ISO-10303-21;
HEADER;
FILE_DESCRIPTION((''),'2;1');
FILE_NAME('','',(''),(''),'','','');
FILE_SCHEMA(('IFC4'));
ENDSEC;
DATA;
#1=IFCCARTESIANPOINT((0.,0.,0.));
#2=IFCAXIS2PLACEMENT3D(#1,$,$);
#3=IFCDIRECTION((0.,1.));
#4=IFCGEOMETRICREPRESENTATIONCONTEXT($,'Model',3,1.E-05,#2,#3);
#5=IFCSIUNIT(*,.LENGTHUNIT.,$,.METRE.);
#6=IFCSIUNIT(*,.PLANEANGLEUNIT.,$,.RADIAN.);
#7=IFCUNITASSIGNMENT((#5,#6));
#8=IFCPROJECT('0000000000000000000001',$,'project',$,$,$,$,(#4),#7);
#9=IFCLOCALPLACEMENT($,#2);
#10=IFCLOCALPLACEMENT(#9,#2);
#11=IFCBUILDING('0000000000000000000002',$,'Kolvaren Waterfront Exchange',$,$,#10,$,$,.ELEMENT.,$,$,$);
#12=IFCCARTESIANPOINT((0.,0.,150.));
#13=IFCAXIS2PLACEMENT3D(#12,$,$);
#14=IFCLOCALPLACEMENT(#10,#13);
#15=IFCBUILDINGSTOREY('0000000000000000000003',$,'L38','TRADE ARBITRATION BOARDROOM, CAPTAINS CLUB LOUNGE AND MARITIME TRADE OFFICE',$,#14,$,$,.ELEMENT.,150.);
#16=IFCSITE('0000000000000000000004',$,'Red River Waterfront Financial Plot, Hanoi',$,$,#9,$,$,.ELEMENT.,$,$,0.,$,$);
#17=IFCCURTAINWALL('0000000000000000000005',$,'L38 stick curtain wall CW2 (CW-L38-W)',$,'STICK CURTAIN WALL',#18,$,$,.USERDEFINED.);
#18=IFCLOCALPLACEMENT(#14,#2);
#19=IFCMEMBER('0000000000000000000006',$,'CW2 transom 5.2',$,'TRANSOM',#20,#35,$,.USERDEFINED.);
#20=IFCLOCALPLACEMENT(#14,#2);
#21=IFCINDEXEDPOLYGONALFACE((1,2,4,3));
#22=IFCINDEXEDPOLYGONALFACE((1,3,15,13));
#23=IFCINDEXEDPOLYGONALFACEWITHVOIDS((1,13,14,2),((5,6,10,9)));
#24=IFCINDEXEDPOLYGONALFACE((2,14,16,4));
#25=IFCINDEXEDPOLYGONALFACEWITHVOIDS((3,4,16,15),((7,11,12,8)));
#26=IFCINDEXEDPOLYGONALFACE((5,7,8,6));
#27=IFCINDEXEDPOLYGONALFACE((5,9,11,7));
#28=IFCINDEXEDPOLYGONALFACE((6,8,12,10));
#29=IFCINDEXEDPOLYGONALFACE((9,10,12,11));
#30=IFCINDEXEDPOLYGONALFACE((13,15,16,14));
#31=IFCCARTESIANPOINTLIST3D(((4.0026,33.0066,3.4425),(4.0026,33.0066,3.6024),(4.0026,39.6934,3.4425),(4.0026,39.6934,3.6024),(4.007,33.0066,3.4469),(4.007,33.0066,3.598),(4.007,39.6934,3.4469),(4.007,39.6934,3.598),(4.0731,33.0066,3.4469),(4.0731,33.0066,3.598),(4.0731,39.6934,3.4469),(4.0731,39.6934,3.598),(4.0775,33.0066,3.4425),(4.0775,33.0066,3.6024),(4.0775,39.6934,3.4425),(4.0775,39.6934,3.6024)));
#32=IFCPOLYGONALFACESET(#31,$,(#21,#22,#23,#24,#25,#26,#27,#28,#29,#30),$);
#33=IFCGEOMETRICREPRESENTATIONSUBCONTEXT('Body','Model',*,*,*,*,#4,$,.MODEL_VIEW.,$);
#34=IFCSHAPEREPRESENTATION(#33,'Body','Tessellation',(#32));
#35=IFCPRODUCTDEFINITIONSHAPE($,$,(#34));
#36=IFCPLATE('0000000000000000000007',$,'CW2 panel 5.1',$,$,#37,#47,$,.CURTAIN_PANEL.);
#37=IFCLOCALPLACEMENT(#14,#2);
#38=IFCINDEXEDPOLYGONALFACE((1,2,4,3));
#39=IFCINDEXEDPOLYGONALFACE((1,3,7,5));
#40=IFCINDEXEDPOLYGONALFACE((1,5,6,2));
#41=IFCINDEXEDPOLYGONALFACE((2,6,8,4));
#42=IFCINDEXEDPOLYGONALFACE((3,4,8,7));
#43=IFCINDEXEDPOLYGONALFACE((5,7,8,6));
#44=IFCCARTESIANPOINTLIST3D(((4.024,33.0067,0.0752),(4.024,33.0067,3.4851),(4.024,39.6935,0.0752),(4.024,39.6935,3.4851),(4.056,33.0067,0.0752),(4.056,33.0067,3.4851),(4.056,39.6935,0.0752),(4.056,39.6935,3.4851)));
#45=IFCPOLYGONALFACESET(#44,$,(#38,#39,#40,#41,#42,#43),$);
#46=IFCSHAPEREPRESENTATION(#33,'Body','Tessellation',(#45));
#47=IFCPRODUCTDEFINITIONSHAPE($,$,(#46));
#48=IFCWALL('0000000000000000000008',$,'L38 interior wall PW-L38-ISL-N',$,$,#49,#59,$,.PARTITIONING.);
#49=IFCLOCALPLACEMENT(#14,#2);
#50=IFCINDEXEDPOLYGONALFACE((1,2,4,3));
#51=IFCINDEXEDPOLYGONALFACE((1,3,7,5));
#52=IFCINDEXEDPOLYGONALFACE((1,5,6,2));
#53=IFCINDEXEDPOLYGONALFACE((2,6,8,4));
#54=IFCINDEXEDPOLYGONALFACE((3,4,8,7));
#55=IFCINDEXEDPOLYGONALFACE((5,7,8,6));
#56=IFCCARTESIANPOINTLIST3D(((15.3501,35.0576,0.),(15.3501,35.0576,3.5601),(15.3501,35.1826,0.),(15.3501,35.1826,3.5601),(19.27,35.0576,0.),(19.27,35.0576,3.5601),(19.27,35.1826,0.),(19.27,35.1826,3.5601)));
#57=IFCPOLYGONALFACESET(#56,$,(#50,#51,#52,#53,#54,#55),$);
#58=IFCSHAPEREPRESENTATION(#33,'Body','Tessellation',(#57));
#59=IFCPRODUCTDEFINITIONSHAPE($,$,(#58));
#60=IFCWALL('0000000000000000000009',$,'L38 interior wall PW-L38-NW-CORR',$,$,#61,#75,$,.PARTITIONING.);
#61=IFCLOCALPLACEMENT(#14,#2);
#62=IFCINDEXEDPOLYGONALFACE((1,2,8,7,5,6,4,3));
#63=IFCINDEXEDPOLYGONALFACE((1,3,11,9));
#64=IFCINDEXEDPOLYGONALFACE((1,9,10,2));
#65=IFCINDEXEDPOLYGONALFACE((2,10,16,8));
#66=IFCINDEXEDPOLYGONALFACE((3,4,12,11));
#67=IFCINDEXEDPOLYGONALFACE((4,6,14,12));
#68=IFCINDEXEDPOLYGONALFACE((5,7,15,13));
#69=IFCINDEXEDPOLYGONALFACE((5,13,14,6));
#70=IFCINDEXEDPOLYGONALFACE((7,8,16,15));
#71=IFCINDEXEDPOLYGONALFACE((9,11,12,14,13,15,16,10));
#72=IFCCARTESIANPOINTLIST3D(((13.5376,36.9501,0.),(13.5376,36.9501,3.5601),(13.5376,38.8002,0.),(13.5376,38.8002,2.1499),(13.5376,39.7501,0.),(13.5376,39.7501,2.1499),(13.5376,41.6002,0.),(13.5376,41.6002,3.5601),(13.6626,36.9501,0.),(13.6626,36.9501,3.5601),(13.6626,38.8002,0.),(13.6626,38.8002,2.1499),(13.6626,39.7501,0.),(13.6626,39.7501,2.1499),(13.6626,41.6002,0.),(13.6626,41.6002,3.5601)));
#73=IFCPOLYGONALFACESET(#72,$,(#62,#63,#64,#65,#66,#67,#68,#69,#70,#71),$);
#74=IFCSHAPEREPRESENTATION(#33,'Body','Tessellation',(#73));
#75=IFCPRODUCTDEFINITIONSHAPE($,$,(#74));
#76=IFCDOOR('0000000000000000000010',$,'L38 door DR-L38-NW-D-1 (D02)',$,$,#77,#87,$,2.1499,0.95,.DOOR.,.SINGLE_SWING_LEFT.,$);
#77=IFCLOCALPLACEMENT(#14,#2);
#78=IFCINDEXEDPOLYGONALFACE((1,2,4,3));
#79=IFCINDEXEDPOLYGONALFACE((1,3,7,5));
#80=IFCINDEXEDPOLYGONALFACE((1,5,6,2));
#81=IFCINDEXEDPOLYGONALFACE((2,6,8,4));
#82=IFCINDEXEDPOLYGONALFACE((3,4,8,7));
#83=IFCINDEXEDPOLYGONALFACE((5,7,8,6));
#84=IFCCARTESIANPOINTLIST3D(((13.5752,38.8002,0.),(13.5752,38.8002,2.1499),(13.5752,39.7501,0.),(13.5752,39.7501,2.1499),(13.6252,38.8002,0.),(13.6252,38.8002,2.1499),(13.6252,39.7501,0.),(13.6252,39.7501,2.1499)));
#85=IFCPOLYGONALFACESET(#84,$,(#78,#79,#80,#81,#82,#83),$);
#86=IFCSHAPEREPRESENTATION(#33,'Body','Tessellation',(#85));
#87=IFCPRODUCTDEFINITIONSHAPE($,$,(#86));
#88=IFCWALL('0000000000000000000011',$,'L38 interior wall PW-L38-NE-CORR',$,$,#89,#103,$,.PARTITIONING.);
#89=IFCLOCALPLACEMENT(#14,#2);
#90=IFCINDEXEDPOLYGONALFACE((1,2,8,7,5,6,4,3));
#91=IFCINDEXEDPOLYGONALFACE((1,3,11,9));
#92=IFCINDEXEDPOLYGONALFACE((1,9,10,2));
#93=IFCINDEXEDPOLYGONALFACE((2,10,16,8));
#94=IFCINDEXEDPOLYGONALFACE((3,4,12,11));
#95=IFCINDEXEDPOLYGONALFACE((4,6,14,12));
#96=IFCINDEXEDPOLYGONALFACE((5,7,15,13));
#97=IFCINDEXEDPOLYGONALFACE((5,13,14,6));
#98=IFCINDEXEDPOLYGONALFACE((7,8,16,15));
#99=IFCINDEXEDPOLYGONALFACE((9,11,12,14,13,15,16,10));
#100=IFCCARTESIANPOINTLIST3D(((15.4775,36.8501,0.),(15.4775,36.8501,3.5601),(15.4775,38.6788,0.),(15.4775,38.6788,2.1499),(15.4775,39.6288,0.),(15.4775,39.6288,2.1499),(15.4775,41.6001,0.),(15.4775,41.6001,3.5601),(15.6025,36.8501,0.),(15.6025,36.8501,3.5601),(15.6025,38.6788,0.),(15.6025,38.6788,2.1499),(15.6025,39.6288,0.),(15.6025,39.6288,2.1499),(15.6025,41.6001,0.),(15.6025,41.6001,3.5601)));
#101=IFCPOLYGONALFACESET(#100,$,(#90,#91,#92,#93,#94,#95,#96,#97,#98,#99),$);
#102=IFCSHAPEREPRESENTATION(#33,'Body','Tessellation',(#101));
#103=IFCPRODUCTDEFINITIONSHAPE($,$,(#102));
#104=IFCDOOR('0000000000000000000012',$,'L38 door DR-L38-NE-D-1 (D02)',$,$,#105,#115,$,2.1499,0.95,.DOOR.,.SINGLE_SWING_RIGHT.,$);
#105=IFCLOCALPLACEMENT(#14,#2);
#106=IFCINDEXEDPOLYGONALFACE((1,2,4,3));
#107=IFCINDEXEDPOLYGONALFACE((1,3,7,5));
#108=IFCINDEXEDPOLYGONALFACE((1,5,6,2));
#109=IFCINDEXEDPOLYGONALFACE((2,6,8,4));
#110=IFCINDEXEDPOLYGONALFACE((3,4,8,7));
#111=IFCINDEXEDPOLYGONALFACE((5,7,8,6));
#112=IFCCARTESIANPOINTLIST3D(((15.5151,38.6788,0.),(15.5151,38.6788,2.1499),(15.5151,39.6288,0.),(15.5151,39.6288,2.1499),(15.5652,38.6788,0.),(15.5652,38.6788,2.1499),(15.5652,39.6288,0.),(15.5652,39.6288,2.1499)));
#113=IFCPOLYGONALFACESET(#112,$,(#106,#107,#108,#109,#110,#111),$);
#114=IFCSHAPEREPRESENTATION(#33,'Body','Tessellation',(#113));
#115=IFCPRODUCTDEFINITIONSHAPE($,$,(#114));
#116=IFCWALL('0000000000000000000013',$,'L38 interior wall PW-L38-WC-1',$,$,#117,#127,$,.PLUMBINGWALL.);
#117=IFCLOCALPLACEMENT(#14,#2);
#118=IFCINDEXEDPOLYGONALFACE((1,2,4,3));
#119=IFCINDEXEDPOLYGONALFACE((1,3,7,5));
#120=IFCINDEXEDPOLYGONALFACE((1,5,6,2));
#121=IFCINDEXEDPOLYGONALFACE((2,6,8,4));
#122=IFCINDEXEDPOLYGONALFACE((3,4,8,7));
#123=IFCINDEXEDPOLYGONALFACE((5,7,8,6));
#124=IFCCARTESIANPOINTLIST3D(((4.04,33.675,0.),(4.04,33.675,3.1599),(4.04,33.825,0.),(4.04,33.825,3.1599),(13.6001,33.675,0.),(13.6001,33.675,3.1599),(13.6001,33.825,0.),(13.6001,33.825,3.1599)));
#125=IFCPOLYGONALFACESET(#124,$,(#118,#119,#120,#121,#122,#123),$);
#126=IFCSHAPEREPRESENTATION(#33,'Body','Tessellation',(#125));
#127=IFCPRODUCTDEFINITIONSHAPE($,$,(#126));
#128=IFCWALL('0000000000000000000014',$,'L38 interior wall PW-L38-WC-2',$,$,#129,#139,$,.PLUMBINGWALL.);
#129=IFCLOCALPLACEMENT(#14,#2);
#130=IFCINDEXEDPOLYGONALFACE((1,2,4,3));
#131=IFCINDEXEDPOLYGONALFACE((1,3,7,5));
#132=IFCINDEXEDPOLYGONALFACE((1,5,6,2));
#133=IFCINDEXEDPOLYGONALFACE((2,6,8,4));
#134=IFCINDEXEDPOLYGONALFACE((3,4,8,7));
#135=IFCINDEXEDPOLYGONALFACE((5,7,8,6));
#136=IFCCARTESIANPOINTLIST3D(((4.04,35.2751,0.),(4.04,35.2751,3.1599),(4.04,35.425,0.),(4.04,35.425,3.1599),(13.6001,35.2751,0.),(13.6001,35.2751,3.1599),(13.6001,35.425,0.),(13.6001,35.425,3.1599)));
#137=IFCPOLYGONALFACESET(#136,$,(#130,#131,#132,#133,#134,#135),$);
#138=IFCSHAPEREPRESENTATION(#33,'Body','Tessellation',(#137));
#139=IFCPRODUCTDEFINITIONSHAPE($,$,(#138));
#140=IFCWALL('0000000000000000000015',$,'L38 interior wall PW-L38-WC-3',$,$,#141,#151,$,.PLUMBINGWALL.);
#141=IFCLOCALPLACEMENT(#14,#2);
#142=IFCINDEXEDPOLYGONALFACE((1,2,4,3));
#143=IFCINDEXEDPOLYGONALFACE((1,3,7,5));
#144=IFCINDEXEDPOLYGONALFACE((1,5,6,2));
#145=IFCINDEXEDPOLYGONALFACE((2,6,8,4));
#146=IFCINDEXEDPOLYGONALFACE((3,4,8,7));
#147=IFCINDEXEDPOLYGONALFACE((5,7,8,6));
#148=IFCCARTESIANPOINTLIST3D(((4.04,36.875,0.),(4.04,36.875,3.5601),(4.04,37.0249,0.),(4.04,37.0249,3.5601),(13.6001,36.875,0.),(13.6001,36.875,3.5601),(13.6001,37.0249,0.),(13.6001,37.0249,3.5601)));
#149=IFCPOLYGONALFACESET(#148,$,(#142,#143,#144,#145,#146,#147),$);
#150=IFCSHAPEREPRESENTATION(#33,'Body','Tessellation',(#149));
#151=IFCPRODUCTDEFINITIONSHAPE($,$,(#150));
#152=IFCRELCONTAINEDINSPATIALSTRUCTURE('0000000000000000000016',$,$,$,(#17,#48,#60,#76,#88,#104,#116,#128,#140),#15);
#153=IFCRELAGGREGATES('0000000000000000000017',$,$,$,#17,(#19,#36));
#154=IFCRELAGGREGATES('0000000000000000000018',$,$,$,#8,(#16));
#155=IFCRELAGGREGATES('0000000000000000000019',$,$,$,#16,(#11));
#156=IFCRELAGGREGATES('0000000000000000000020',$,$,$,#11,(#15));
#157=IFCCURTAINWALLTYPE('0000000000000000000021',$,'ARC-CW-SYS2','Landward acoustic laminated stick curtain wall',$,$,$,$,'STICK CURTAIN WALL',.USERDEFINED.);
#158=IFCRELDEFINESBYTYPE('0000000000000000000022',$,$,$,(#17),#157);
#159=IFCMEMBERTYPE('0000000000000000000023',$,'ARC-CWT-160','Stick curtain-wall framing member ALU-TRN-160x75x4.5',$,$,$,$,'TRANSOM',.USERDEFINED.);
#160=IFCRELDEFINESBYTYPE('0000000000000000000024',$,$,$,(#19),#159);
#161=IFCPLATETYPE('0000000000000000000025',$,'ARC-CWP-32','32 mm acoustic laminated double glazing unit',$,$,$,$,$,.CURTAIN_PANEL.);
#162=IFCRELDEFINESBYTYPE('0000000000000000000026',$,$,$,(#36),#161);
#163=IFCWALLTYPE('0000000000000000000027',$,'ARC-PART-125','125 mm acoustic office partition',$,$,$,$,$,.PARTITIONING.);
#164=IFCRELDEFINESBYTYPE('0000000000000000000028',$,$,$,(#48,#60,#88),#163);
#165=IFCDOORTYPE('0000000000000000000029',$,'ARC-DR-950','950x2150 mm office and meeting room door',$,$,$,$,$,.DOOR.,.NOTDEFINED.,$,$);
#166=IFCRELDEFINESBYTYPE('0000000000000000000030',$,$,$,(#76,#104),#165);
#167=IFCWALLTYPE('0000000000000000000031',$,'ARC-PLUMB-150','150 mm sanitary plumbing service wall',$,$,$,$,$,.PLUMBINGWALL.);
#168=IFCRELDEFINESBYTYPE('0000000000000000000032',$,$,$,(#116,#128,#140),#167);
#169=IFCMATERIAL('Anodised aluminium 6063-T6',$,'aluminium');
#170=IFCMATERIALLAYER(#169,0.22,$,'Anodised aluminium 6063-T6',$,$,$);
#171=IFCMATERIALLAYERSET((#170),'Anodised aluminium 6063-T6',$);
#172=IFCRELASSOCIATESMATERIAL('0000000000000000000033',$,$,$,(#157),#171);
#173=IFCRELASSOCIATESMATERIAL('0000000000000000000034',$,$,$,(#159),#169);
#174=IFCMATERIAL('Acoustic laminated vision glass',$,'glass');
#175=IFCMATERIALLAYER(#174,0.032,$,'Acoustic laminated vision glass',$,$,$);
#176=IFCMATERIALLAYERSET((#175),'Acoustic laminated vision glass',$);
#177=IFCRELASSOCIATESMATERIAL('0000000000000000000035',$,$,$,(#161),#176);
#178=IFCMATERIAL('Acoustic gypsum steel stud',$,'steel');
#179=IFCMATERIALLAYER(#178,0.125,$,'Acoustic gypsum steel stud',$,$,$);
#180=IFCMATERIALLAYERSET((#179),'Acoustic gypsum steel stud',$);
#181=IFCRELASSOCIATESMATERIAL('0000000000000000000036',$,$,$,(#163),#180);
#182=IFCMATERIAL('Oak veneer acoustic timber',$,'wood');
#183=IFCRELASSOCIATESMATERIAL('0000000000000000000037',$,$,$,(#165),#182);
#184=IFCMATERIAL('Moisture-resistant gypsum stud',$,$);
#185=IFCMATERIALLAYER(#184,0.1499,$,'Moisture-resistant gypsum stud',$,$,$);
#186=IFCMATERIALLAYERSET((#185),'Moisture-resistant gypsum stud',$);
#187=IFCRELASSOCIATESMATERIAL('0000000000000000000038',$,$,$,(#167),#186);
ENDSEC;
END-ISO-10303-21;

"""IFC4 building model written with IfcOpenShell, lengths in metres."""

from ifc_helpers import new_model, si_unit, direction, frame, frame_2d, origin, origin_with_axes, origin_2d, place, context, subcontext, project, spatial, rectangle, hollow_rectangle, extrude, source, transform, mapped, material, layer, layer_set, material_profile, profile_set, type_object, element, fill, aggregate, save


model = new_model("IFC4")

# Units and contexts
model_context = context("Model", 3, precision=1e-05, world=origin(), true_north=direction((0.0, 1.0)))
body_context = subcontext(model_context, "Body", "Model", "MODEL_VIEW")
ifc_project = project(units=[si_unit("LENGTHUNIT", "METRE"), si_unit("PLANEANGLEUNIT", "RADIAN")], contexts=[model_context])

# Site, building, storey
site_placement = place(None, origin())
site = spatial("IfcSite", under=ifc_project, at=site_placement, Name="Red River Waterfront Financial Plot, Hanoi", CompositionType="ELEMENT", RefElevation=0.0)
building_placement = place(site_placement, origin())
building = spatial("IfcBuilding", under=site, at=building_placement, Name="Kolvaren Waterfront Exchange", CompositionType="ELEMENT")
storey_placement = place(building_placement, frame((0.0, 0.0, 150.0)))
storey = spatial("IfcBuildingStorey", under=building, at=storey_placement, Name="L38", Description="TRADE ARBITRATION BOARDROOM, CAPTAINS CLUB LOUNGE AND MARITIME TRADE OFFICE", CompositionType="ELEMENT", Elevation=150.0)

# Curtain wall, member, plate
ifc_material_1 = material(Name="Anodised aluminium 6063-T6", Category="aluminium")
ifc_layer_1 = layer(ifc_material_1, 0.22, Name="Anodised aluminium 6063-T6")
ifc_layer_set_1 = layer_set([ifc_layer_1], Name="Anodised aluminium 6063-T6")
curtain_wall_type = type_object("IfcCurtainWallType", Name="ARC-CW-SYS2", Description="Landward acoustic laminated stick curtain wall", ElementType="STICK CURTAIN WALL", PredefinedType="USERDEFINED", material=ifc_layer_set_1)
curtain_wall_placement = place(storey_placement, origin())
curtain_wall = element("IfcCurtainWall", 1, at=curtain_wall_placement, inside=storey, type_object=curtain_wall_type, Name="L38 stick curtain wall CW2 (CW-L38-W)", ObjectType="STICK CURTAIN WALL", PredefinedType="USERDEFINED")
ifc_material_profile_1 = material_profile(ifc_material_1, hollow_rectangle(XDim=0.075, YDim=0.1599, WallThickness=0.0044, at=origin_2d()), Name="ALU-TRN-160x75x4.5")
ifc_profile_set_1 = profile_set([ifc_material_profile_1], Name="Anodised aluminium 6063-T6")
member_type_1 = type_object("IfcMemberType", Name="ARC-CWT-160", Description="Stick curtain-wall framing member ALU-TRN-160x75x4.5", ElementType="TRANSOM", PredefinedType="USERDEFINED", material=ifc_profile_set_1)
shared_shape_1 = source(origin_with_axes(), body_context, "Body", "SweptSolid", [
    extrude(hollow_rectangle(XDim=0.075, YDim=0.1599, WallThickness=0.0044, at=origin_2d()), origin(), (0.0, 0.0, 1.0), 6.6868),
])
member_1_placement = place(storey_placement, frame((4.04, 33.0066, 3.5225), z_axis=(0.0, 1.0, 0.0), x_axis=(-1.0, 0.0, 0.0)))
member_1 = element("IfcMember", 2, at=member_1_placement, type_object=member_type_1, Name="CW2 transom 5.2", ObjectType="TRANSOM", PredefinedType="USERDEFINED", context=body_context, shape_type="MappedRepresentation", body=[
    mapped(shared_shape_1, transform((0.0, 0.0, 0.0), x_axis=(1.0, 0.0, 0.0), y_axis=(0.0, 1.0, 0.0), z_axis=(0.0, 0.0, 1.0), scale=1.0)),
])
ifc_material_2 = material(Name="Acoustic laminated vision glass", Category="glass")
ifc_layer_2 = layer(ifc_material_2, 0.032, Name="Acoustic laminated vision glass")
ifc_layer_set_2 = layer_set([ifc_layer_2], Name="Acoustic laminated vision glass")
plate_type = type_object("IfcPlateType", Name="ARC-CWP-32", Description="32 mm acoustic laminated double glazing unit", PredefinedType="CURTAIN_PANEL", material=ifc_layer_set_2)
shared_shape_2 = source(origin_with_axes(), body_context, "Body", "SweptSolid", [
    extrude(rectangle(XDim=6.6868, YDim=0.032, at=origin_2d()), origin(), (0.0, 0.0, 1.0), 3.4099),
])
plate_placement = place(storey_placement, frame((4.04, 36.3501, 0.0752), z_axis=(0.0, 0.0, 1.0), x_axis=(0.0, 1.0, 0.0)))
plate = element("IfcPlate", 3, at=plate_placement, type_object=plate_type, Name="CW2 panel 5.1", PredefinedType="CURTAIN_PANEL", context=body_context, shape_type="MappedRepresentation", body=[
    mapped(shared_shape_2, transform((0.0, 0.0, 0.0), x_axis=(1.0, 0.0, 0.0), y_axis=(0.0, 1.0, 0.0), z_axis=(0.0, 0.0, 1.0), scale=1.0)),
])
aggregate(curtain_wall, [member_1, plate])

# Wall
ifc_material_3 = material(Name="Acoustic gypsum steel stud", Category="steel")
ifc_layer_3 = layer(ifc_material_3, 0.125, Name="Acoustic gypsum steel stud")
ifc_layer_set_3 = layer_set([ifc_layer_3], Name="Acoustic gypsum steel stud")
wall_type_1 = type_object("IfcWallType", Name="ARC-PART-125", Description="125 mm acoustic office partition", PredefinedType="PARTITIONING", material=ifc_layer_set_3)
wall_1_placement = place(storey_placement, frame((15.3501, 35.1201, 0.0), z_axis=(0.0, 0.0, 1.0), x_axis=(1.0, 0.0, 0.0)))
element("IfcWall", 4, at=wall_1_placement, inside=storey, type_object=wall_type_1, Name="L38 interior wall PW-L38-ISL-N", PredefinedType="PARTITIONING", context=body_context, shape_type="SweptSolid", body=[
    extrude(rectangle(XDim=3.9199, YDim=0.125, at=frame_2d((1.96, 0.0))), origin(), (0.0, 0.0, 1.0), 3.5601),
])

# Walls, openings, doors
wall_2_placement = place(storey_placement, frame((13.6001, 36.95, 0.0), z_axis=(0.0, 0.0, 1.0), x_axis=(0.0, 1.0, 0.0)))
wall_2 = element("IfcWall", 5, at=wall_2_placement, inside=storey, type_object=wall_type_1, Name="L38 interior wall PW-L38-NW-CORR", PredefinedType="PARTITIONING", context=body_context, shape_type="SweptSolid", body=[
    extrude(rectangle(XDim=4.6501, YDim=0.125, at=frame_2d((2.3252, 0.0))), origin(), (0.0, 0.0, 1.0), 3.5601),
])
opening_1_placement = place(wall_2_placement, frame((1.8501, 0.0, 0.0)))
opening_1 = element("IfcOpeningElement", 6, at=opening_1_placement, cuts=wall_2, PredefinedType="OPENING", context=body_context, shape_type="SweptSolid", body=[
    extrude(rectangle(XDim=0.95, YDim=2.1499, at=frame_2d((0.4751, 1.075))), frame((0.0, 0.0725, 0.0), z_axis=(0.0, -1.0, 0.0), x_axis=(1.0, 0.0, 0.0)), (0.0, 0.0, 1.0), 0.145),
])
ifc_material_4 = material(Name="Oak veneer acoustic timber", Category="wood")
door_type_1 = type_object("IfcDoorType", Name="ARC-DR-950", Description="950x2150 mm office and meeting room door", OperationType="NOTDEFINED", PredefinedType="DOOR", material=ifc_material_4)
door_1_placement = place(opening_1_placement, origin())
door_1 = element("IfcDoor", 7, at=door_1_placement, inside=storey, type_object=door_type_1, Name="L38 door DR-L38-NW-D-1 (D02)", OperationType="SINGLE_SWING_LEFT", OverallHeight=2.1499, OverallWidth=0.95, PredefinedType="DOOR", context=body_context, shape_type="SweptSolid", body=[
    extrude(rectangle(XDim=0.95, YDim=2.1499, at=frame_2d((0.4751, 1.075))), frame((0.0, 0.0249, 0.0), z_axis=(0.0, -1.0, 0.0), x_axis=(1.0, 0.0, 0.0)), (0.0, 0.0, 1.0), 0.05),
])
fill(opening_1, door_1)
wall_3_placement = place(storey_placement, frame((15.54, 36.8501, 0.0), z_axis=(0.0, 0.0, 1.0), x_axis=(0.0, 1.0, 0.0)))
wall_3 = element("IfcWall", 8, at=wall_3_placement, inside=storey, type_object=wall_type_1, Name="L38 interior wall PW-L38-NE-CORR", PredefinedType="PARTITIONING", context=body_context, shape_type="SweptSolid", body=[
    extrude(rectangle(XDim=4.75, YDim=0.125, at=frame_2d((2.375, 0.0))), origin(), (0.0, 0.0, 1.0), 3.5601),
])
opening_2_placement = place(wall_3_placement, frame((1.8286, 0.0, 0.0)))
opening_2 = element("IfcOpeningElement", 9, at=opening_2_placement, cuts=wall_3, PredefinedType="OPENING", context=body_context, shape_type="SweptSolid", body=[
    extrude(rectangle(XDim=0.95, YDim=2.1499, at=frame_2d((0.4751, 1.075))), frame((0.0, 0.0725, 0.0), z_axis=(0.0, -1.0, 0.0), x_axis=(1.0, 0.0, 0.0)), (0.0, 0.0, 1.0), 0.145),
])
door_2_placement = place(opening_2_placement, origin())
door_2 = element("IfcDoor", 10, at=door_2_placement, inside=storey, type_object=door_type_1, Name="L38 door DR-L38-NE-D-1 (D02)", OperationType="SINGLE_SWING_RIGHT", OverallHeight=2.1499, OverallWidth=0.95, PredefinedType="DOOR", context=body_context, shape_type="SweptSolid", body=[
    extrude(rectangle(XDim=0.95, YDim=2.1499, at=frame_2d((0.4751, 1.075))), frame((0.0, 0.0249, 0.0), z_axis=(0.0, -1.0, 0.0), x_axis=(1.0, 0.0, 0.0)), (0.0, 0.0, 1.0), 0.05),
])
fill(opening_2, door_2)

# Shared definitions
ifc_material_5 = material(Name="Moisture-resistant gypsum stud")
ifc_layer_4 = layer(ifc_material_5, 0.1499, Name="Moisture-resistant gypsum stud")
ifc_layer_set_4 = layer_set([ifc_layer_4], Name="Moisture-resistant gypsum stud")
wall_type_2 = type_object("IfcWallType", Name="ARC-PLUMB-150", Description="150 mm sanitary plumbing service wall", PredefinedType="PLUMBINGWALL", material=ifc_layer_set_4)

# Walls
for number, where, z_axis, x_axis, name in (
    (11, (4.04, 33.75, 0.0), (0.0, 0.0, 1.0), (1.0, 0.0, 0.0), "L38 interior wall PW-L38-WC-1"),
    (12, (4.04, 35.3501, 0.0), (0.0, 0.0, 1.0), (1.0, 0.0, 0.0), "L38 interior wall PW-L38-WC-2"),
):
    element("IfcWall", number, at=place(storey_placement, frame(where, z_axis=z_axis, x_axis=x_axis)), inside=storey, type_object=wall_type_2, Name=name, PredefinedType="PLUMBINGWALL", context=body_context, shape_type="SweptSolid", body=[
        extrude(rectangle(XDim=9.5601, YDim=0.1499, at=frame_2d((4.78, 0.0))), origin(), (0.0, 0.0, 1.0), 3.1599),
    ])
wall_4_placement = place(storey_placement, frame((4.04, 36.95, 0.0), z_axis=(0.0, 0.0, 1.0), x_axis=(1.0, 0.0, 0.0)))
element("IfcWall", 13, at=wall_4_placement, inside=storey, type_object=wall_type_2, Name="L38 interior wall PW-L38-WC-3", PredefinedType="PLUMBINGWALL", context=body_context, shape_type="SweptSolid", body=[
    extrude(rectangle(XDim=9.5601, YDim=0.1499, at=frame_2d((4.78, 0.0))), origin(), (0.0, 0.0, 1.0), 3.5601),
])

save(model, "model.ifc")
